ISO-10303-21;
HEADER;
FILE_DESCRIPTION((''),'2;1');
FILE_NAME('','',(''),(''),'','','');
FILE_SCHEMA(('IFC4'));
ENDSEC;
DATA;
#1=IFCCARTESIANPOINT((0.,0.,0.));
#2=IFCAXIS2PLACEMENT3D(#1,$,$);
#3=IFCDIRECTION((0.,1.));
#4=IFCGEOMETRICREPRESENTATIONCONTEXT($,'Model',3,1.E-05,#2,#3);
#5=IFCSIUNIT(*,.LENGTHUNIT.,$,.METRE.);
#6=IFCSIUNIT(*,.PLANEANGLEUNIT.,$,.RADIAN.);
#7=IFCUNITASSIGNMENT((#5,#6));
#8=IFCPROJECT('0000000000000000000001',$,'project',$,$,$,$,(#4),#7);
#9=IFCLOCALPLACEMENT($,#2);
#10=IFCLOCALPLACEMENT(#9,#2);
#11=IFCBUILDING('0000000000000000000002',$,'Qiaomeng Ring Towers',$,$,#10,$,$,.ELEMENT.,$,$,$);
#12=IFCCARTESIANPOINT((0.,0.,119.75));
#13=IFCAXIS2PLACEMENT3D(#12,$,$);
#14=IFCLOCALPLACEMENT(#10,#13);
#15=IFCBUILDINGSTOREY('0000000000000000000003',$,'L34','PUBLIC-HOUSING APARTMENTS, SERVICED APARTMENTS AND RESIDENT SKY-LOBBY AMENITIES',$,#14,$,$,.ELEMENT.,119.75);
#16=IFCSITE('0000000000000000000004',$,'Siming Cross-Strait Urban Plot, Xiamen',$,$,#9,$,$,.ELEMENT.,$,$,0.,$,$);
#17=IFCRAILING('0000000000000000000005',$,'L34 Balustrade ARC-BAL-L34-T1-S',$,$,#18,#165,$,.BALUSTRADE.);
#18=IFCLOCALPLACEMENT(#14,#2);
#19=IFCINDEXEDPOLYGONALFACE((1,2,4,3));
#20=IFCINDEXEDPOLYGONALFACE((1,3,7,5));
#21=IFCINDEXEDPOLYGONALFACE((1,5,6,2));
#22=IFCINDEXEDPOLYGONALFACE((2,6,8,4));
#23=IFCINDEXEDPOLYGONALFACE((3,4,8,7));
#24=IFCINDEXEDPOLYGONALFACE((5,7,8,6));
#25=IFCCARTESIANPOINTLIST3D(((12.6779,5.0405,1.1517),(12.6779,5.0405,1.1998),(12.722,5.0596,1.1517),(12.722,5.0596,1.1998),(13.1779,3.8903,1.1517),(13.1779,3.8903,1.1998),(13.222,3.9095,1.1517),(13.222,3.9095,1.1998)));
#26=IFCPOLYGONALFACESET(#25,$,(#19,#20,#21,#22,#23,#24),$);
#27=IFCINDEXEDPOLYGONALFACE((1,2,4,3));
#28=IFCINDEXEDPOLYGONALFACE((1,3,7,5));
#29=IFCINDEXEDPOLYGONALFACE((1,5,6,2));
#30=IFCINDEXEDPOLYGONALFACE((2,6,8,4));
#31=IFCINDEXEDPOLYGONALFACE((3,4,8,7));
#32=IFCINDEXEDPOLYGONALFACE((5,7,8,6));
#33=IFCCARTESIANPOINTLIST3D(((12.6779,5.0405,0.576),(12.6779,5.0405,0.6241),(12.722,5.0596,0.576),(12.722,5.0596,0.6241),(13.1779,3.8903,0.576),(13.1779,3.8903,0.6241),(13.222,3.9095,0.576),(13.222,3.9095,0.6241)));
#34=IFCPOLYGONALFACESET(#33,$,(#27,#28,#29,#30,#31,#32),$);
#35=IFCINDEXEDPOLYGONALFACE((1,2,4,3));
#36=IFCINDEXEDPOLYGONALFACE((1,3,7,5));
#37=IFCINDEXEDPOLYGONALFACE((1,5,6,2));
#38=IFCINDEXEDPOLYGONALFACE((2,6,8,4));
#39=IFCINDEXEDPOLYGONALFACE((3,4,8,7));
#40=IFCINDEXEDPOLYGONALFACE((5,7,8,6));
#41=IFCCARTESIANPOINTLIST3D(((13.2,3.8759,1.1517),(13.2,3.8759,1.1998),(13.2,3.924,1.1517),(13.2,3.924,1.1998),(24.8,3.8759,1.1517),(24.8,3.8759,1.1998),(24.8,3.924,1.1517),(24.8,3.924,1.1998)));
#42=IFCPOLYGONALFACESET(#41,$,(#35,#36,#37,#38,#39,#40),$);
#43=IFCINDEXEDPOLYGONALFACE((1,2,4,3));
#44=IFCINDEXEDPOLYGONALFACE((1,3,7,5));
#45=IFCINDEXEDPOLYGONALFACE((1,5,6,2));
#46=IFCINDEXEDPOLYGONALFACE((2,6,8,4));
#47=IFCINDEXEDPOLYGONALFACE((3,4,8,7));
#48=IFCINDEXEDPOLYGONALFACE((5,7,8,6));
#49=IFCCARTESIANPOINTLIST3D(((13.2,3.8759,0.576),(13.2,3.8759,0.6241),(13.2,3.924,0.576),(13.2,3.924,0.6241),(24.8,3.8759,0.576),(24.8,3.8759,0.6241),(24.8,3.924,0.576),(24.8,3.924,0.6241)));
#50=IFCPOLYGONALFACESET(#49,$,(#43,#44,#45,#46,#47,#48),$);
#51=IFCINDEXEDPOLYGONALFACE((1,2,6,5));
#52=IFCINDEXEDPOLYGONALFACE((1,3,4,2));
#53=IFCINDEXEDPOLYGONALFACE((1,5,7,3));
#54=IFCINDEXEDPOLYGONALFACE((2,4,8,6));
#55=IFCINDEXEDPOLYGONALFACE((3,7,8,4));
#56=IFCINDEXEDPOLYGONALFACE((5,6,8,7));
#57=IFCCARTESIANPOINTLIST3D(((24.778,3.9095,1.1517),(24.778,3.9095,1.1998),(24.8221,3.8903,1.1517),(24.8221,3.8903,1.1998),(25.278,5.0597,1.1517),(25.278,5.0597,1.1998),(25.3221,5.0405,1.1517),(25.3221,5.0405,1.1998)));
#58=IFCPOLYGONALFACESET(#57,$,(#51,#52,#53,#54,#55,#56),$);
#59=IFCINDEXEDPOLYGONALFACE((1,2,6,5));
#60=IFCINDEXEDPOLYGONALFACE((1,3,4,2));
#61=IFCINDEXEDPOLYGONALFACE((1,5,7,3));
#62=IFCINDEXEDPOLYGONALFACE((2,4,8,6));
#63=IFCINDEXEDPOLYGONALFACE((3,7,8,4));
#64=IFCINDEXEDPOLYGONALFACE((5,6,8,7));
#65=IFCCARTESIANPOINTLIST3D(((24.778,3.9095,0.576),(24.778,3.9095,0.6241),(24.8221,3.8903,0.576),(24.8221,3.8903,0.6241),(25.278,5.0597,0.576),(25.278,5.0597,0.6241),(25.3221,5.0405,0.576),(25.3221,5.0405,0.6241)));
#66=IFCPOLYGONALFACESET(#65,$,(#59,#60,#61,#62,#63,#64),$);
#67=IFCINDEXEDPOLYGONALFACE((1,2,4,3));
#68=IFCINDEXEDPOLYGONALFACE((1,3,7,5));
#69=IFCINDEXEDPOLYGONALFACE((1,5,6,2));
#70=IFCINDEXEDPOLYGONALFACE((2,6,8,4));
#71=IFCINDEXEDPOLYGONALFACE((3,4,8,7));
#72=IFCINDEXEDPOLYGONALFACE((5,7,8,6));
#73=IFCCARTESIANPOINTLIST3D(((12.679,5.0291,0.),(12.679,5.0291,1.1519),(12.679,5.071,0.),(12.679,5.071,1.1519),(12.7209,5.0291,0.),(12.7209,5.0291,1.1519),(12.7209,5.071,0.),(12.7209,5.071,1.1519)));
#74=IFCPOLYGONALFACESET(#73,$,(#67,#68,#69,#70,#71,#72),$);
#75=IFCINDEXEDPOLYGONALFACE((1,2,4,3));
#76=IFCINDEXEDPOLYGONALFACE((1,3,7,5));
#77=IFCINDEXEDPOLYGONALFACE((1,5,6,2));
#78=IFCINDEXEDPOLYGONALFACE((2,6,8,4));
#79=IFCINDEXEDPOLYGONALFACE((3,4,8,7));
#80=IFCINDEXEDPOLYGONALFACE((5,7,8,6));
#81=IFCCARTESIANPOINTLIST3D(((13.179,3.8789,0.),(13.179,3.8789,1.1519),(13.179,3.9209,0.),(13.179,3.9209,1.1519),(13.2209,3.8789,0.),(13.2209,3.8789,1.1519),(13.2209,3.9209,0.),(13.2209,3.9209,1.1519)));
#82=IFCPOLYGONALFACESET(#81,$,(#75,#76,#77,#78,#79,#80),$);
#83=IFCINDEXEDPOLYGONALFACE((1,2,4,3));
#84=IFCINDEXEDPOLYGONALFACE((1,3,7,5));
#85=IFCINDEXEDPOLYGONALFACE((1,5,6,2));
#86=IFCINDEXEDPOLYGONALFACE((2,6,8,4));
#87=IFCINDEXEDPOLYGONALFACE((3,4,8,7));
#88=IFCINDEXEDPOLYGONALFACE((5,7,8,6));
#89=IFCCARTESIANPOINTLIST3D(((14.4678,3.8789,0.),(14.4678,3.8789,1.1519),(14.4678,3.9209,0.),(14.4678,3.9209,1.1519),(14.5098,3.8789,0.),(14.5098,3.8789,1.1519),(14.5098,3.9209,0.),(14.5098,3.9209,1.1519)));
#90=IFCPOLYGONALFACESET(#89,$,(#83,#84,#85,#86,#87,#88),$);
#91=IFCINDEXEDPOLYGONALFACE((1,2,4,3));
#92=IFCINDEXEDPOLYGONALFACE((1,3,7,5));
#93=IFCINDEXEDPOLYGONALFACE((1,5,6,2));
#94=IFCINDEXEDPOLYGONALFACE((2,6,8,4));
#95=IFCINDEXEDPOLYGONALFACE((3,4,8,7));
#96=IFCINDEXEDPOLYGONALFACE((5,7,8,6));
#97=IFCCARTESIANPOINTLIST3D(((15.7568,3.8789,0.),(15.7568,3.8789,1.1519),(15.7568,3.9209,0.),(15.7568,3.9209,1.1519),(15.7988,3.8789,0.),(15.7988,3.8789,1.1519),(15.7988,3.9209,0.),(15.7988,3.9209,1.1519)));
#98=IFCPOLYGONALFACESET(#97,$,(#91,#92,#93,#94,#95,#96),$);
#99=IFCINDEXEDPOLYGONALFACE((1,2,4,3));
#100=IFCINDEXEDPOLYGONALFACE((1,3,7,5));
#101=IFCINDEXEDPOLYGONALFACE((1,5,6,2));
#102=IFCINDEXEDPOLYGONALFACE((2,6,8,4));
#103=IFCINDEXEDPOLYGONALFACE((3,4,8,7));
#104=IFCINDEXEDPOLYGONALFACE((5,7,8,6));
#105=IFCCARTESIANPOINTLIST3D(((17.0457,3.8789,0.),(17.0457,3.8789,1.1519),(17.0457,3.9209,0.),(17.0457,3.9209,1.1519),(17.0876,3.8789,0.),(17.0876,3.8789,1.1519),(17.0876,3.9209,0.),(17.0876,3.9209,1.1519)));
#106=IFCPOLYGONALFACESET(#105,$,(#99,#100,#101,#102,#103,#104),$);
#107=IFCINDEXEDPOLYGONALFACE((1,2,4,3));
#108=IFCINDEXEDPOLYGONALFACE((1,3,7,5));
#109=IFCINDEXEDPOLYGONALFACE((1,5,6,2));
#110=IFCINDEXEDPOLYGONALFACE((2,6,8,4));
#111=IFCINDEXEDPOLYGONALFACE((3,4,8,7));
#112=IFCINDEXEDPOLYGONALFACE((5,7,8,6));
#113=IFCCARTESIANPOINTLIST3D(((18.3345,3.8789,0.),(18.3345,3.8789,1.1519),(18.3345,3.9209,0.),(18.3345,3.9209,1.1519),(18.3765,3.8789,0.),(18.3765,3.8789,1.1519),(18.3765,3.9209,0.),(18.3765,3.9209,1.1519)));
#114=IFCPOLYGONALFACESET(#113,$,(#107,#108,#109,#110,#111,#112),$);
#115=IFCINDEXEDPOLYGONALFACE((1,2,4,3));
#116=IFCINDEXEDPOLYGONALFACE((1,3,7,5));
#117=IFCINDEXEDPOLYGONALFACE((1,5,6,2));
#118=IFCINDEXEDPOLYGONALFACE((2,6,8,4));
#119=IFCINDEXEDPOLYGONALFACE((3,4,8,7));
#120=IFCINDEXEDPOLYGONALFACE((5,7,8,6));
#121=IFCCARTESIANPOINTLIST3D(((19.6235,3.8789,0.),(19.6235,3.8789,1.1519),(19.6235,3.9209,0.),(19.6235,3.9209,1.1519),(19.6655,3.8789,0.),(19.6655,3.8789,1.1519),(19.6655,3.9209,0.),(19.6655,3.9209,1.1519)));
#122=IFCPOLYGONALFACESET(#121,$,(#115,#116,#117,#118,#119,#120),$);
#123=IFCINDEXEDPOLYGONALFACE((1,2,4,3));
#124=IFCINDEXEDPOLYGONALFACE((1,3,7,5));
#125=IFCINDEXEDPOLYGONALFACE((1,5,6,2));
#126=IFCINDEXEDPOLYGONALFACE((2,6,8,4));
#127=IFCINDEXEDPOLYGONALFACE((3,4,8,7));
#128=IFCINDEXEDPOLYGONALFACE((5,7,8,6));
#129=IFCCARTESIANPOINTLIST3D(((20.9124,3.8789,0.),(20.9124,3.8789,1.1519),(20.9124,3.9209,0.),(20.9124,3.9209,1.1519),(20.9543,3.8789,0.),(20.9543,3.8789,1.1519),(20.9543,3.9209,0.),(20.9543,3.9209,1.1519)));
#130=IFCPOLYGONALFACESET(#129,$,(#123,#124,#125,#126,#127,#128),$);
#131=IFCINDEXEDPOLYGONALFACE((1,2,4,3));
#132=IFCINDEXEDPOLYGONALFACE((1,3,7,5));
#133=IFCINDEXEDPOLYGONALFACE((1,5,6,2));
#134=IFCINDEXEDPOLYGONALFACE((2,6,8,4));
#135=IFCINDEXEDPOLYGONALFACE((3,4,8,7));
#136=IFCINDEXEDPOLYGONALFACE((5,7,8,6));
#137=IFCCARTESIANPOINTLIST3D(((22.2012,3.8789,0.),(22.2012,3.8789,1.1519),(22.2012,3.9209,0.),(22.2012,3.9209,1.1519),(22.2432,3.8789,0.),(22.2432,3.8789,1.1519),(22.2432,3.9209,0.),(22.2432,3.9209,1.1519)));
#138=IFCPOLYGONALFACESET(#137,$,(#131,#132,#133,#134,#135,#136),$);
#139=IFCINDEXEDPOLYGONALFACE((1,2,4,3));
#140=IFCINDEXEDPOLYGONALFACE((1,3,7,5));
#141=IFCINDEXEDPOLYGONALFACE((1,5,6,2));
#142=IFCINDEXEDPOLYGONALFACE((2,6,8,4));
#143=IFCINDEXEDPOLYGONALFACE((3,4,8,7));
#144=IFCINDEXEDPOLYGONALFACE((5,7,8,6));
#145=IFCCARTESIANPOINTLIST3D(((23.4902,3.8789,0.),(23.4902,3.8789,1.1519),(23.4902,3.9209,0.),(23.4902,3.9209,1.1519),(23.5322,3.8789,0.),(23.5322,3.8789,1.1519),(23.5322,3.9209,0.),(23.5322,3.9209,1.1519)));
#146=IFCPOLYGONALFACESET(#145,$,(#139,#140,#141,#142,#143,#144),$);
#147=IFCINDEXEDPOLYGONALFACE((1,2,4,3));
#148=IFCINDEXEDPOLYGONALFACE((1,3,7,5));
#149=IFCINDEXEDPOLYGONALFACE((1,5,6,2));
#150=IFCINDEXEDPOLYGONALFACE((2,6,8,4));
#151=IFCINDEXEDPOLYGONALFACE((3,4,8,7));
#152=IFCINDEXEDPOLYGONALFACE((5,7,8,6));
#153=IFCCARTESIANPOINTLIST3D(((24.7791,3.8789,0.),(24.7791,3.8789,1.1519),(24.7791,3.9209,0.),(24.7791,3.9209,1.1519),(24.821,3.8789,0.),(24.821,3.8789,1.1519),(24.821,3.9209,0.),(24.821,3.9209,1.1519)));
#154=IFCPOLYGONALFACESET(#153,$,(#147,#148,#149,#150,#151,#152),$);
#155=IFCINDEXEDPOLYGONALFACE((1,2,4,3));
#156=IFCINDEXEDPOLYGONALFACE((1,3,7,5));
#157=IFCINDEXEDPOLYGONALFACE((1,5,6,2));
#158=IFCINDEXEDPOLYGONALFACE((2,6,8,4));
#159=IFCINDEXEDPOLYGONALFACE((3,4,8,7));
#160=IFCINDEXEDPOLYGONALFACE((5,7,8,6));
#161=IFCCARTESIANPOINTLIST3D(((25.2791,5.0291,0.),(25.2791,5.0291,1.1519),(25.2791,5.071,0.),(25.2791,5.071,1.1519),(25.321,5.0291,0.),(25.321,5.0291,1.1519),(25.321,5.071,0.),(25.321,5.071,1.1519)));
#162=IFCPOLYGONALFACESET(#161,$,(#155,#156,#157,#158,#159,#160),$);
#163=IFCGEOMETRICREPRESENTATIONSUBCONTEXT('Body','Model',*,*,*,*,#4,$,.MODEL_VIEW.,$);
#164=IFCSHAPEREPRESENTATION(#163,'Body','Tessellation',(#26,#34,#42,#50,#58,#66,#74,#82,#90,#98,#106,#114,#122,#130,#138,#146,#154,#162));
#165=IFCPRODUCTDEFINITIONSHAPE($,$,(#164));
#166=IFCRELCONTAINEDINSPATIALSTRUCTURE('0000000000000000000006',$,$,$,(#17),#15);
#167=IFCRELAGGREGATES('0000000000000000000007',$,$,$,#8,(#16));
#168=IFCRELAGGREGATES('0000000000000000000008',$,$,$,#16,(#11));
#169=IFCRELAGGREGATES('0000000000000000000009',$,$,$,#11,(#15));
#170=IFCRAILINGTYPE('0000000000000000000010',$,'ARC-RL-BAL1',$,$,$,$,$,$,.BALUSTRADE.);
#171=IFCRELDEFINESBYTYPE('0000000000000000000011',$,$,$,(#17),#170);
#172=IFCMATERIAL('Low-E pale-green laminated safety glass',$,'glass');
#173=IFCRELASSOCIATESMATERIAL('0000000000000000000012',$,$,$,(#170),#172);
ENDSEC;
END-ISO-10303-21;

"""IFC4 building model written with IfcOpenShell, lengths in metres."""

from ifc_helpers import new_model, si_unit, direction, frame, origin, origin_2d, place, context, subcontext, project, spatial, rectangle, extrude, material, type_object, element, save


model = new_model("IFC4")

# Units and contexts
model_context = context("Model", 3, precision=1e-05, world=origin(), true_north=direction((0.0, 1.0)))
body_context = subcontext(model_context, "Body", "Model", "MODEL_VIEW")
ifc_project = project(units=[si_unit("LENGTHUNIT", "METRE"), si_unit("PLANEANGLEUNIT", "RADIAN")], contexts=[model_context])

# Site, building, storey
site_placement = place(None, origin())
site = spatial("IfcSite", under=ifc_project, at=site_placement, Name="Siming Cross-Strait Urban Plot, Xiamen", CompositionType="ELEMENT", RefElevation=0.0)
building_placement = place(site_placement, origin())
building = spatial("IfcBuilding", under=site, at=building_placement, Name="Qiaomeng Ring Towers", CompositionType="ELEMENT")
storey_placement = place(building_placement, frame((0.0, 0.0, 119.75)))
storey = spatial("IfcBuildingStorey", under=building, at=storey_placement, Name="L34", Description="PUBLIC-HOUSING APARTMENTS, SERVICED APARTMENTS AND RESIDENT SKY-LOBBY AMENITIES", CompositionType="ELEMENT", Elevation=119.75)

# Railing
ifc_material_1 = material(Name="Low-E pale-green laminated safety glass", Category="glass")
railing_type = type_object("IfcRailingType", Name="ARC-RL-BAL1", PredefinedType="BALUSTRADE", material=ifc_material_1)
railing_placement = place(storey_placement, frame((12.7, 5.05, 0.0)))
element("IfcRailing", 1, at=railing_placement, inside=storey, type_object=railing_type, Name="L34 Balustrade ARC-BAL-L34-T1-S", PredefinedType="BALUSTRADE", context=body_context, shape_type="SweptSolid", body=[
    extrude(rectangle(XDim=0.0481, YDim=0.0481, at=origin_2d()), frame((0.0, 0.0, 1.1758), z_axis=(0.398683, -0.917089, 0.0), x_axis=(0.917089, 0.398683, 0.0)), (0.0, 0.0, 1.0), 1.2542),
    extrude(rectangle(XDim=0.0481, YDim=0.0481, at=origin_2d()), frame((0.0, 0.0, 0.6001), z_axis=(0.398683, -0.917089, 0.0), x_axis=(0.917089, 0.398683, 0.0)), (0.0, 0.0, 1.0), 1.2542),
    extrude(rectangle(XDim=0.0481, YDim=0.0481, at=origin_2d()), frame((0.5, -1.1501, 1.1758), z_axis=(1.0, 0.0, 0.0), x_axis=(0.0, 1.0, 0.0)), (0.0, 0.0, 1.0), 11.6001),
    extrude(rectangle(XDim=0.0481, YDim=0.0481, at=origin_2d()), frame((0.5, -1.1501, 0.6001), z_axis=(1.0, 0.0, 0.0), x_axis=(0.0, 1.0, 0.0)), (0.0, 0.0, 1.0), 11.6001),
    extrude(rectangle(XDim=0.0481, YDim=0.0481, at=origin_2d()), frame((12.1001, -1.1501, 1.1758), z_axis=(0.398683, 0.917089, 0.0), x_axis=(-0.917089, 0.398683, 0.0)), (0.0, 0.0, 1.0), 1.2542),
    extrude(rectangle(XDim=0.0481, YDim=0.0481, at=origin_2d()), frame((12.1001, -1.1501, 0.6001), z_axis=(0.398683, 0.917089, 0.0), x_axis=(-0.917089, 0.398683, 0.0)), (0.0, 0.0, 1.0), 1.2542),
    extrude(rectangle(XDim=0.042, YDim=0.042, at=origin_2d()), origin(), (0.0, 0.0, 1.0), 1.1519),
    extrude(rectangle(XDim=0.042, YDim=0.042, at=origin_2d()), frame((0.5, -1.1501, 0.0)), (0.0, 0.0, 1.0), 1.1519),
    extrude(rectangle(XDim=0.042, YDim=0.042, at=origin_2d()), frame((1.7888, -1.1501, 0.0)), (0.0, 0.0, 1.0), 1.1519),
    extrude(rectangle(XDim=0.042, YDim=0.042, at=origin_2d()), frame((3.0779, -1.1501, 0.0)), (0.0, 0.0, 1.0), 1.1519),
    extrude(rectangle(XDim=0.042, YDim=0.042, at=origin_2d()), frame((4.3667, -1.1501, 0.0)), (0.0, 0.0, 1.0), 1.1519),
    extrude(rectangle(XDim=0.042, YDim=0.042, at=origin_2d()), frame((5.6555, -1.1501, 0.0)), (0.0, 0.0, 1.0), 1.1519),
    extrude(rectangle(XDim=0.042, YDim=0.042, at=origin_2d()), frame((6.9446, -1.1501, 0.0)), (0.0, 0.0, 1.0), 1.1519),
    extrude(rectangle(XDim=0.042, YDim=0.042, at=origin_2d()), frame((8.2334, -1.1501, 0.0)), (0.0, 0.0, 1.0), 1.1519),
    extrude(rectangle(XDim=0.042, YDim=0.042, at=origin_2d()), frame((9.5222, -1.1501, 0.0)), (0.0, 0.0, 1.0), 1.1519),
    extrude(rectangle(XDim=0.042, YDim=0.042, at=origin_2d()), frame((10.8113, -1.1501, 0.0)), (0.0, 0.0, 1.0), 1.1519),
    extrude(rectangle(XDim=0.042, YDim=0.042, at=origin_2d()), frame((12.1001, -1.1501, 0.0)), (0.0, 0.0, 1.0), 1.1519),
    extrude(rectangle(XDim=0.042, YDim=0.042, at=origin_2d()), frame((12.6001, 0.0, 0.0)), (0.0, 0.0, 1.0), 1.1519),
])

save(model, "model.ifc")
